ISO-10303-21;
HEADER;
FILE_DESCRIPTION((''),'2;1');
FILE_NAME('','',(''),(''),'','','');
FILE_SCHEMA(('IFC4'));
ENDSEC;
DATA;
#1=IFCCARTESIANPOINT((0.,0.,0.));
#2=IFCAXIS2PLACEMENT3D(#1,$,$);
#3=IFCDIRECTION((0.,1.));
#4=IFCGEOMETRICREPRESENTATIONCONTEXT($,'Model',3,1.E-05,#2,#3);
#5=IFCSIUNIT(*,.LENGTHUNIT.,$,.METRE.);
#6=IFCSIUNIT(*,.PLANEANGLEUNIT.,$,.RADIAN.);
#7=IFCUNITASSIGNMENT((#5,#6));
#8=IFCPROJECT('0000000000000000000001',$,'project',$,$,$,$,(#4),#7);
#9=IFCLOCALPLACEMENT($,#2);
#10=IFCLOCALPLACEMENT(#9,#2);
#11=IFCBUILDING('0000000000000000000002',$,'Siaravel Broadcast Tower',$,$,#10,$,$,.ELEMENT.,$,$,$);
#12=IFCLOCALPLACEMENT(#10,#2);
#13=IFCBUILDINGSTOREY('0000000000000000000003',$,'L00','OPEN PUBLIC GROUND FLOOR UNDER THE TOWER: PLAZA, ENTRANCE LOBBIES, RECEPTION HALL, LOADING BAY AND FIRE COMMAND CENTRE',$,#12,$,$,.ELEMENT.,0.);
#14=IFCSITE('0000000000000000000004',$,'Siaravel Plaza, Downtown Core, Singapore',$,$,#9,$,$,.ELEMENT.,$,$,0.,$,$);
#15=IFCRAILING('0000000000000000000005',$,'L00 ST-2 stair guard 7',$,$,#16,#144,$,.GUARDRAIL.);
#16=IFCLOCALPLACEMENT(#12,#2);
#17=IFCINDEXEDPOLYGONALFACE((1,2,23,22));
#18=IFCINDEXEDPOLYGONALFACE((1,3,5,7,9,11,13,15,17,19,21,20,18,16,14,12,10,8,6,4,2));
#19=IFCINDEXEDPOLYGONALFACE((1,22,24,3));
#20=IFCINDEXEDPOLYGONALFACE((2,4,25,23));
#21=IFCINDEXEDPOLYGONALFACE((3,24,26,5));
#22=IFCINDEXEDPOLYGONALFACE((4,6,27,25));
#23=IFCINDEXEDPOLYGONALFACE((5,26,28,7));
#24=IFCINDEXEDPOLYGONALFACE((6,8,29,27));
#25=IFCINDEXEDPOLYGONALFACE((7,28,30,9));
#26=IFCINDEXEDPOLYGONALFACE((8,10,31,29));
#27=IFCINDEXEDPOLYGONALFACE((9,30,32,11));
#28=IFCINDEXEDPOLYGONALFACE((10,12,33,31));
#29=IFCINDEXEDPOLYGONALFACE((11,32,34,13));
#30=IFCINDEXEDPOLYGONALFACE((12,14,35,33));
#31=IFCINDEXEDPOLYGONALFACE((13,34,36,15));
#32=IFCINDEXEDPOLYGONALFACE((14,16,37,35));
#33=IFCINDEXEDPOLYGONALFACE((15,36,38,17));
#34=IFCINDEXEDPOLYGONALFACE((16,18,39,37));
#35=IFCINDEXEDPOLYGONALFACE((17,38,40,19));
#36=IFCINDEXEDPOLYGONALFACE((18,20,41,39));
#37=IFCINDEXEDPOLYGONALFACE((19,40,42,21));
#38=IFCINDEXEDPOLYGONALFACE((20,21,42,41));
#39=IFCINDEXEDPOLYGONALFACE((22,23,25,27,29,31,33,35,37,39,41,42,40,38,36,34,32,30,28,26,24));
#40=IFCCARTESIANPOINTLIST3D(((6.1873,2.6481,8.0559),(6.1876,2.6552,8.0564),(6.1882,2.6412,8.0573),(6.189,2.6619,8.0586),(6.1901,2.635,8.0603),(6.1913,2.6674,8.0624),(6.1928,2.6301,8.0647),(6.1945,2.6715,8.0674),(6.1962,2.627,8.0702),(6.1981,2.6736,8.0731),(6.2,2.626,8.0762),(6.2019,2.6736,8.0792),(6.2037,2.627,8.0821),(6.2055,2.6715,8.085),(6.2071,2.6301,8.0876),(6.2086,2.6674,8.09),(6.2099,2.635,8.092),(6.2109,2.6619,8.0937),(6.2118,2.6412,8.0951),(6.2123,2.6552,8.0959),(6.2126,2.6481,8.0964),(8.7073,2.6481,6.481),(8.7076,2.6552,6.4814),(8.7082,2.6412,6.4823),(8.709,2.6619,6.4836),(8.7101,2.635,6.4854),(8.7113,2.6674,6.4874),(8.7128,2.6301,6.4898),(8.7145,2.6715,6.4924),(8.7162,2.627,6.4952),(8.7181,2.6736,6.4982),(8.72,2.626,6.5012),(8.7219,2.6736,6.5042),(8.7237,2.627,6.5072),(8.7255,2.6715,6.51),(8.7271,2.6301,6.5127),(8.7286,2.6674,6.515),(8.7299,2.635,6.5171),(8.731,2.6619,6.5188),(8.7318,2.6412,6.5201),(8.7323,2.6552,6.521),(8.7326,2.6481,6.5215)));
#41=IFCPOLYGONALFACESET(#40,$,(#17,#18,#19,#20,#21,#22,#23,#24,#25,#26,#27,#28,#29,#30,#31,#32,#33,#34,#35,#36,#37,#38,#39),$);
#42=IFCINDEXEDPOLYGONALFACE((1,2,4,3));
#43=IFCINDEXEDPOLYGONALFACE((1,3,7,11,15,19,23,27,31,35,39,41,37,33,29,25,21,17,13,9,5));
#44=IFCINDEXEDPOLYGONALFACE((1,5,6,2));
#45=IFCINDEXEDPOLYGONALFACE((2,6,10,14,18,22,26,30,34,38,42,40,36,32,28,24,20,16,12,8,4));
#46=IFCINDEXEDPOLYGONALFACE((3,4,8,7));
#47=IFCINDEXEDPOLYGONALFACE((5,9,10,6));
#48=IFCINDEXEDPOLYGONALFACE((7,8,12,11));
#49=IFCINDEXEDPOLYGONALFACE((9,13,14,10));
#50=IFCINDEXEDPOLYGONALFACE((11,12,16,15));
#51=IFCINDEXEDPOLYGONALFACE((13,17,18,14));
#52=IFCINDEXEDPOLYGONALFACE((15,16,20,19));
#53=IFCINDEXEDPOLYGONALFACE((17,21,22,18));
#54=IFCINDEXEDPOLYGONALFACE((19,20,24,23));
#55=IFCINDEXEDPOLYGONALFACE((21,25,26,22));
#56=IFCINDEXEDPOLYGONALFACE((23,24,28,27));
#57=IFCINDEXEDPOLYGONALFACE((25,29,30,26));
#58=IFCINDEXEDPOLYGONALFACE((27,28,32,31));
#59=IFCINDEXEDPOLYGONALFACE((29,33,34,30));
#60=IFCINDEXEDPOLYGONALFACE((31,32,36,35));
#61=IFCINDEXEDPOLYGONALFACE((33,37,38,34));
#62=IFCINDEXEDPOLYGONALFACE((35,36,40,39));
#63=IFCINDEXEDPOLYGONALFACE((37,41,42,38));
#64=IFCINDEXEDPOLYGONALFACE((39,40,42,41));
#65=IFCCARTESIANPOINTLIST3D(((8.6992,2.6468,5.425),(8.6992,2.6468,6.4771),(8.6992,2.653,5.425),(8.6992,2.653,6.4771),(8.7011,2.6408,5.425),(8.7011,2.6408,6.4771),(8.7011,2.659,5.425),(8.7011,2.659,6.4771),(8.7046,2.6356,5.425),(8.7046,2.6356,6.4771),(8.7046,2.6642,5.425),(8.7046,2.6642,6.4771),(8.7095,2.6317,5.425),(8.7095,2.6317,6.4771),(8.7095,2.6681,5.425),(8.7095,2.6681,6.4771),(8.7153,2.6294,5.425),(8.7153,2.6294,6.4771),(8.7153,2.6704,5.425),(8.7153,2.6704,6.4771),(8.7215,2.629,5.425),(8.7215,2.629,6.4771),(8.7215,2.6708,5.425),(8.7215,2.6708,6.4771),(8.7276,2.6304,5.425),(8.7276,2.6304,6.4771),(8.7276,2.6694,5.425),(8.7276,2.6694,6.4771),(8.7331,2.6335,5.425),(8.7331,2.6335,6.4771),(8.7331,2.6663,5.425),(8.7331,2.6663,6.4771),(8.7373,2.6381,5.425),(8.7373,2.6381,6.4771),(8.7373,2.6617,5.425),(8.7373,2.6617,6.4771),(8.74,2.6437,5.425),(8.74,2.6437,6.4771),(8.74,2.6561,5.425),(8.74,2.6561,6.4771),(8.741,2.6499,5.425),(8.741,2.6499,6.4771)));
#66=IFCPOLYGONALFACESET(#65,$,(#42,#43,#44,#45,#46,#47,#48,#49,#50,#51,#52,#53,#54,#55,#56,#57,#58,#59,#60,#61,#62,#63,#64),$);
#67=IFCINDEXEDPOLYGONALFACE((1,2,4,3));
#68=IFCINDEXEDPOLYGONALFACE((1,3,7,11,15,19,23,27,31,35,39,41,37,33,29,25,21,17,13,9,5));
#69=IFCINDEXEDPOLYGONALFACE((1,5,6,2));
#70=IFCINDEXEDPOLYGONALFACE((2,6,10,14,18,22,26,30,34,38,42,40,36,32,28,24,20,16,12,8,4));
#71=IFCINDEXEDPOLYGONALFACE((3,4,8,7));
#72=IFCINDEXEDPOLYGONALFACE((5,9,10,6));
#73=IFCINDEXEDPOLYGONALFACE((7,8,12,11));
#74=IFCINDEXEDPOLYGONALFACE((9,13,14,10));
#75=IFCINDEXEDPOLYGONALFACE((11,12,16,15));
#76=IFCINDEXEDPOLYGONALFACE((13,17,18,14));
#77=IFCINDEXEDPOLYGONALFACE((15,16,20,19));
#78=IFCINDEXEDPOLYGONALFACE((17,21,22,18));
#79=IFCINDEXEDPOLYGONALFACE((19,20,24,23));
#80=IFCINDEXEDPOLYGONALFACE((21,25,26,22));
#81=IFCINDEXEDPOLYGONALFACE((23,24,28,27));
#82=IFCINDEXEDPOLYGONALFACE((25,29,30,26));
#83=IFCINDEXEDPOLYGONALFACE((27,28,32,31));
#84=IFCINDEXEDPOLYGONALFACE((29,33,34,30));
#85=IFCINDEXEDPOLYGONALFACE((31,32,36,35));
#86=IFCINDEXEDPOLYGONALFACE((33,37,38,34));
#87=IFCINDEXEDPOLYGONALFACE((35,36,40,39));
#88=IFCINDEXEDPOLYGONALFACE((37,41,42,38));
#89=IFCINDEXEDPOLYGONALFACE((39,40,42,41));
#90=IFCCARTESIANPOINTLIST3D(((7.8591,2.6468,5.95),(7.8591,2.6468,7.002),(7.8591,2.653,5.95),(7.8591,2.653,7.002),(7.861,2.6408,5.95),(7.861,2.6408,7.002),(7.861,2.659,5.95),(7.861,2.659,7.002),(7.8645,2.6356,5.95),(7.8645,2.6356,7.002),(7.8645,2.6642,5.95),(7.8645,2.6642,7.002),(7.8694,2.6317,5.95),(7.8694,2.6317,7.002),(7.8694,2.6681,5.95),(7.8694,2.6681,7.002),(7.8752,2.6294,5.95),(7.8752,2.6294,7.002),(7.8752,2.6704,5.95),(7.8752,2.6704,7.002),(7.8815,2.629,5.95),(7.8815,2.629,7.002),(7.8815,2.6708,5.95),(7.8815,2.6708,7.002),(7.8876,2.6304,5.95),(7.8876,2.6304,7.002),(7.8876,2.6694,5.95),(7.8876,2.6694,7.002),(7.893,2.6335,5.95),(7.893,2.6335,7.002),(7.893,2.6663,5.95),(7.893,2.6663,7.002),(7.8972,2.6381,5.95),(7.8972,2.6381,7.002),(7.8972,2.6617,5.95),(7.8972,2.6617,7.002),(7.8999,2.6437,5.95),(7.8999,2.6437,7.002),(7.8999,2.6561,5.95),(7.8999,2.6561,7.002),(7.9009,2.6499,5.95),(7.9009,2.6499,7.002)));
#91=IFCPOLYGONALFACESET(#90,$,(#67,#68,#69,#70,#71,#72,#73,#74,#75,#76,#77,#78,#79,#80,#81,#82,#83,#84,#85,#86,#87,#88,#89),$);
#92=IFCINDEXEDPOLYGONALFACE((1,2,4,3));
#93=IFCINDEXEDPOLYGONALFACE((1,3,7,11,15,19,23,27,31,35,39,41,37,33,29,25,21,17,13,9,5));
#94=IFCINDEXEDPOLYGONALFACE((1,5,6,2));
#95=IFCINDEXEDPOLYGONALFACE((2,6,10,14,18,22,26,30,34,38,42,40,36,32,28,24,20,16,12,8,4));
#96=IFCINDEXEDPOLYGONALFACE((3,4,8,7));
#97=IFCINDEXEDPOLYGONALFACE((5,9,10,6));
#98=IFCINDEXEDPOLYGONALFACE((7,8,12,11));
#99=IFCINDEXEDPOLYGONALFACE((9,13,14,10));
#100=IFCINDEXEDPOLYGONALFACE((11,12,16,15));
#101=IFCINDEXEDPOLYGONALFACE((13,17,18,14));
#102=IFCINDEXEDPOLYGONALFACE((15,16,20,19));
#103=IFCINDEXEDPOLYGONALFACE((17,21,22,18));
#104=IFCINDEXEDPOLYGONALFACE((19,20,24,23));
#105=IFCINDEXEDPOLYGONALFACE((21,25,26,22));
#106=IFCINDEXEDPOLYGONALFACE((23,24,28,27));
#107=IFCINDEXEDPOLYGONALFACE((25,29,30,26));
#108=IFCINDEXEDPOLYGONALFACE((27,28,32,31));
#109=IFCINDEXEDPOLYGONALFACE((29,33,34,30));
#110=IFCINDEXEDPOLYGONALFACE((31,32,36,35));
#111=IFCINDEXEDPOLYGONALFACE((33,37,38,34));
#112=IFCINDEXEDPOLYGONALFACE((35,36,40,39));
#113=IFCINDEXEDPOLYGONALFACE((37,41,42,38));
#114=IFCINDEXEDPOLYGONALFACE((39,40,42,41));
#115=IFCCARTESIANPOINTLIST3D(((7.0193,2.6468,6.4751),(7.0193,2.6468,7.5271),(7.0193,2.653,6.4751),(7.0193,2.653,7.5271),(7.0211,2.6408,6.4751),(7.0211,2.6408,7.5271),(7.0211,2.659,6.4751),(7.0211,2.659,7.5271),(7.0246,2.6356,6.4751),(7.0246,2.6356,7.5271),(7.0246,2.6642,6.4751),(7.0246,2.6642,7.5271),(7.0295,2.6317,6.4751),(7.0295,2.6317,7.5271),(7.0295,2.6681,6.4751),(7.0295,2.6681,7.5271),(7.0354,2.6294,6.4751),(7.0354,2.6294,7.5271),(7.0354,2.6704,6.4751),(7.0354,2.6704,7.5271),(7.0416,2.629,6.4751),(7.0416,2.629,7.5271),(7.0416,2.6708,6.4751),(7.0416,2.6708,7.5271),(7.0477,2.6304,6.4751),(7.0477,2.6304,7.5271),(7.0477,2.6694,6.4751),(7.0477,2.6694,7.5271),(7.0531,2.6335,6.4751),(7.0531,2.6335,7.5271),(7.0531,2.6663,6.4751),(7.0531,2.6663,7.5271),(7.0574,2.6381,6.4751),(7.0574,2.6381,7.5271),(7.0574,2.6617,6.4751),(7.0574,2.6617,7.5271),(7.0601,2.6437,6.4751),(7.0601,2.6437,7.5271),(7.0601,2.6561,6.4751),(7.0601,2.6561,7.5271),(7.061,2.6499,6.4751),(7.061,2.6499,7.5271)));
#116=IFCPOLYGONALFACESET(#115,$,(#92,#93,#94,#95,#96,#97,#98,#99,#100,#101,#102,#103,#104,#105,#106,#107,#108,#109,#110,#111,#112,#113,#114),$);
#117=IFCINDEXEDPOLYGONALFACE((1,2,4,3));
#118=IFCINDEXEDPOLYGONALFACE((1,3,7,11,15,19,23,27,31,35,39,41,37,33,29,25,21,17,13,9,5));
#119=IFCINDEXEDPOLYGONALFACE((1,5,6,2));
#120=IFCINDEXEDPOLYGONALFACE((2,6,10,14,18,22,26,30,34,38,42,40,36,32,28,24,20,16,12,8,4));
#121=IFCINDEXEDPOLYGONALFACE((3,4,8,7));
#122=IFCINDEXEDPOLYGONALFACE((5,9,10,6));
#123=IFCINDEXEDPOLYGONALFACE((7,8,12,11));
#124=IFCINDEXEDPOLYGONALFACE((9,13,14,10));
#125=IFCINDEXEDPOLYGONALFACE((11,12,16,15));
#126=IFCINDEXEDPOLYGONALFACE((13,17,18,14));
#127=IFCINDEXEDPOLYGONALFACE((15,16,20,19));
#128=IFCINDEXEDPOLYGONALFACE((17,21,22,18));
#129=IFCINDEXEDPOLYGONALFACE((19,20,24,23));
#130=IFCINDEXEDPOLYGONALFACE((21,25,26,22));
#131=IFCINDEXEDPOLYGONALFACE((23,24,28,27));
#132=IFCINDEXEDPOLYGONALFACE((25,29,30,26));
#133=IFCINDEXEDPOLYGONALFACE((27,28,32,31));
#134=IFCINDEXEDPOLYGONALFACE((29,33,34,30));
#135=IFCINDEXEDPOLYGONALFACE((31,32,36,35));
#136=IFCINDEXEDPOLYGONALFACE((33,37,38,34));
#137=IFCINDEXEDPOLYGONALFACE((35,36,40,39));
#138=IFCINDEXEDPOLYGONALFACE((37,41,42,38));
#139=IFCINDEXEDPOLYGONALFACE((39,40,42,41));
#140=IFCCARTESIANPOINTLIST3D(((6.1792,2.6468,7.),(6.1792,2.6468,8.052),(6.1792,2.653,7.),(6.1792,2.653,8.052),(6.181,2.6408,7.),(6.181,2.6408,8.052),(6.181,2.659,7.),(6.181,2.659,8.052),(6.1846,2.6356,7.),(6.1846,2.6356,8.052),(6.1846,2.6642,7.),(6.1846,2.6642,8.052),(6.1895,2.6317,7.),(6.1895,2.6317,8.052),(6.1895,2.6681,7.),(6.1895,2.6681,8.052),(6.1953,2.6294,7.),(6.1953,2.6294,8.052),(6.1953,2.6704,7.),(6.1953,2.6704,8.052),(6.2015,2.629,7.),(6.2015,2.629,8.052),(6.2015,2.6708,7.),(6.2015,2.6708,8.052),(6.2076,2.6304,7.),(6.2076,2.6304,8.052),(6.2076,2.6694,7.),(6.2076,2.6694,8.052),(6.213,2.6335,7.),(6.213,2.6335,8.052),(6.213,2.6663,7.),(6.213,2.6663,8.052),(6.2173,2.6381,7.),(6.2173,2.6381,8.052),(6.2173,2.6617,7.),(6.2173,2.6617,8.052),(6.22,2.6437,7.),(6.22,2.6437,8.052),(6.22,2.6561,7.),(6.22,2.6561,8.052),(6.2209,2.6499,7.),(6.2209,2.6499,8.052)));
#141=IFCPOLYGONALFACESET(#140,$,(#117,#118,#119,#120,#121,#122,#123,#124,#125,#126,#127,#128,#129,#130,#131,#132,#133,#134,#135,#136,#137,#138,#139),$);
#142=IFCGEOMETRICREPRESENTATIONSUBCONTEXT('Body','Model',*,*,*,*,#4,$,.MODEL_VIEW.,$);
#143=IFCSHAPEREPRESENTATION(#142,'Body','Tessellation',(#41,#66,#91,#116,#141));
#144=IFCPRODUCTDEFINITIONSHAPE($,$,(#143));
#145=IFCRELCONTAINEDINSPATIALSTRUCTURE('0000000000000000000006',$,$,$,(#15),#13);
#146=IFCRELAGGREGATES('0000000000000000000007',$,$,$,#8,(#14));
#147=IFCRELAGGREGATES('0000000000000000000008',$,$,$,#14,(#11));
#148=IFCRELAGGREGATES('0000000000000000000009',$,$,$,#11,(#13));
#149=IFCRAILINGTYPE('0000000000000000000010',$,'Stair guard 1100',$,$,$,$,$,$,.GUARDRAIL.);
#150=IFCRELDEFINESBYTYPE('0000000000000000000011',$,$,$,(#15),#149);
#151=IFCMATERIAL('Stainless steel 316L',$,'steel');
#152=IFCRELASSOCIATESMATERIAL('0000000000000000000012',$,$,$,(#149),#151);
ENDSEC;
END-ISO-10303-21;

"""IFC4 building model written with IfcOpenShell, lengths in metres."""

from ifc_helpers import new_model, si_unit, direction, frame, origin, origin_2d, place, context, subcontext, project, spatial, circle, extrude, material, type_object, element, save


model = new_model("IFC4")

# Units and contexts
model_context = context("Model", 3, precision=1e-05, world=origin(), true_north=direction((0.0, 1.0)))
body_context = subcontext(model_context, "Body", "Model", "MODEL_VIEW")
ifc_project = project(units=[si_unit("LENGTHUNIT", "METRE"), si_unit("PLANEANGLEUNIT", "RADIAN")], contexts=[model_context])

# Site, building, storey
site_placement = place(None, origin())
site = spatial("IfcSite", under=ifc_project, at=site_placement, Name="Siaravel Plaza, Downtown Core, Singapore", CompositionType="ELEMENT", RefElevation=0.0)
building_placement = place(site_placement, origin())
building = spatial("IfcBuilding", under=site, at=building_placement, Name="Siaravel Broadcast Tower", CompositionType="ELEMENT")
storey_placement = place(building_placement, origin())
storey = spatial("IfcBuildingStorey", under=building, at=storey_placement, Name="L00", Description="OPEN PUBLIC GROUND FLOOR UNDER THE TOWER: PLAZA, ENTRANCE LOBBIES, RECEPTION HALL, LOADING BAY AND FIRE COMMAND CENTRE", CompositionType="ELEMENT", Elevation=0.0)

# Railing
ifc_material_1 = material(Name="Stainless steel 316L", Category="steel")
railing_type = type_object("IfcRailingType", Name="Stair guard 1100", PredefinedType="GUARDRAIL", material=ifc_material_1)
railing_1_placement = place(storey_placement, frame((8.72, 2.6499, 5.425)))
element("IfcRailing", 1, at=railing_1_placement, inside=storey, type_object=railing_type, Name="L00 ST-2 stair guard 7", PredefinedType="GUARDRAIL", context=body_context, shape_type="SweptSolid", body=[
    extrude(circle(Radius=0.0239, at=origin_2d()), frame((0.0, 0.0, 1.0762), z_axis=(-0.848008, 0.0, 0.529984), x_axis=(0.0, -1.0, 0.0)), (0.0, 0.0, 1.0), 2.9717),
    extrude(circle(Radius=0.021, at=origin_2d()), origin(), (0.0, 0.0, 1.0), 1.052),
    extrude(circle(Radius=0.021, at=origin_2d()), frame((-0.8401, 0.0, 0.5249)), (0.0, 0.0, 1.0), 1.052),
    extrude(circle(Radius=0.021, at=origin_2d()), frame((-1.6799, 0.0, 1.05)), (0.0, 0.0, 1.0), 1.052),
    extrude(circle(Radius=0.021, at=origin_2d()), frame((-2.52, 0.0, 1.575)), (0.0, 0.0, 1.0), 1.052),
])

save(model, "model.ifc")
